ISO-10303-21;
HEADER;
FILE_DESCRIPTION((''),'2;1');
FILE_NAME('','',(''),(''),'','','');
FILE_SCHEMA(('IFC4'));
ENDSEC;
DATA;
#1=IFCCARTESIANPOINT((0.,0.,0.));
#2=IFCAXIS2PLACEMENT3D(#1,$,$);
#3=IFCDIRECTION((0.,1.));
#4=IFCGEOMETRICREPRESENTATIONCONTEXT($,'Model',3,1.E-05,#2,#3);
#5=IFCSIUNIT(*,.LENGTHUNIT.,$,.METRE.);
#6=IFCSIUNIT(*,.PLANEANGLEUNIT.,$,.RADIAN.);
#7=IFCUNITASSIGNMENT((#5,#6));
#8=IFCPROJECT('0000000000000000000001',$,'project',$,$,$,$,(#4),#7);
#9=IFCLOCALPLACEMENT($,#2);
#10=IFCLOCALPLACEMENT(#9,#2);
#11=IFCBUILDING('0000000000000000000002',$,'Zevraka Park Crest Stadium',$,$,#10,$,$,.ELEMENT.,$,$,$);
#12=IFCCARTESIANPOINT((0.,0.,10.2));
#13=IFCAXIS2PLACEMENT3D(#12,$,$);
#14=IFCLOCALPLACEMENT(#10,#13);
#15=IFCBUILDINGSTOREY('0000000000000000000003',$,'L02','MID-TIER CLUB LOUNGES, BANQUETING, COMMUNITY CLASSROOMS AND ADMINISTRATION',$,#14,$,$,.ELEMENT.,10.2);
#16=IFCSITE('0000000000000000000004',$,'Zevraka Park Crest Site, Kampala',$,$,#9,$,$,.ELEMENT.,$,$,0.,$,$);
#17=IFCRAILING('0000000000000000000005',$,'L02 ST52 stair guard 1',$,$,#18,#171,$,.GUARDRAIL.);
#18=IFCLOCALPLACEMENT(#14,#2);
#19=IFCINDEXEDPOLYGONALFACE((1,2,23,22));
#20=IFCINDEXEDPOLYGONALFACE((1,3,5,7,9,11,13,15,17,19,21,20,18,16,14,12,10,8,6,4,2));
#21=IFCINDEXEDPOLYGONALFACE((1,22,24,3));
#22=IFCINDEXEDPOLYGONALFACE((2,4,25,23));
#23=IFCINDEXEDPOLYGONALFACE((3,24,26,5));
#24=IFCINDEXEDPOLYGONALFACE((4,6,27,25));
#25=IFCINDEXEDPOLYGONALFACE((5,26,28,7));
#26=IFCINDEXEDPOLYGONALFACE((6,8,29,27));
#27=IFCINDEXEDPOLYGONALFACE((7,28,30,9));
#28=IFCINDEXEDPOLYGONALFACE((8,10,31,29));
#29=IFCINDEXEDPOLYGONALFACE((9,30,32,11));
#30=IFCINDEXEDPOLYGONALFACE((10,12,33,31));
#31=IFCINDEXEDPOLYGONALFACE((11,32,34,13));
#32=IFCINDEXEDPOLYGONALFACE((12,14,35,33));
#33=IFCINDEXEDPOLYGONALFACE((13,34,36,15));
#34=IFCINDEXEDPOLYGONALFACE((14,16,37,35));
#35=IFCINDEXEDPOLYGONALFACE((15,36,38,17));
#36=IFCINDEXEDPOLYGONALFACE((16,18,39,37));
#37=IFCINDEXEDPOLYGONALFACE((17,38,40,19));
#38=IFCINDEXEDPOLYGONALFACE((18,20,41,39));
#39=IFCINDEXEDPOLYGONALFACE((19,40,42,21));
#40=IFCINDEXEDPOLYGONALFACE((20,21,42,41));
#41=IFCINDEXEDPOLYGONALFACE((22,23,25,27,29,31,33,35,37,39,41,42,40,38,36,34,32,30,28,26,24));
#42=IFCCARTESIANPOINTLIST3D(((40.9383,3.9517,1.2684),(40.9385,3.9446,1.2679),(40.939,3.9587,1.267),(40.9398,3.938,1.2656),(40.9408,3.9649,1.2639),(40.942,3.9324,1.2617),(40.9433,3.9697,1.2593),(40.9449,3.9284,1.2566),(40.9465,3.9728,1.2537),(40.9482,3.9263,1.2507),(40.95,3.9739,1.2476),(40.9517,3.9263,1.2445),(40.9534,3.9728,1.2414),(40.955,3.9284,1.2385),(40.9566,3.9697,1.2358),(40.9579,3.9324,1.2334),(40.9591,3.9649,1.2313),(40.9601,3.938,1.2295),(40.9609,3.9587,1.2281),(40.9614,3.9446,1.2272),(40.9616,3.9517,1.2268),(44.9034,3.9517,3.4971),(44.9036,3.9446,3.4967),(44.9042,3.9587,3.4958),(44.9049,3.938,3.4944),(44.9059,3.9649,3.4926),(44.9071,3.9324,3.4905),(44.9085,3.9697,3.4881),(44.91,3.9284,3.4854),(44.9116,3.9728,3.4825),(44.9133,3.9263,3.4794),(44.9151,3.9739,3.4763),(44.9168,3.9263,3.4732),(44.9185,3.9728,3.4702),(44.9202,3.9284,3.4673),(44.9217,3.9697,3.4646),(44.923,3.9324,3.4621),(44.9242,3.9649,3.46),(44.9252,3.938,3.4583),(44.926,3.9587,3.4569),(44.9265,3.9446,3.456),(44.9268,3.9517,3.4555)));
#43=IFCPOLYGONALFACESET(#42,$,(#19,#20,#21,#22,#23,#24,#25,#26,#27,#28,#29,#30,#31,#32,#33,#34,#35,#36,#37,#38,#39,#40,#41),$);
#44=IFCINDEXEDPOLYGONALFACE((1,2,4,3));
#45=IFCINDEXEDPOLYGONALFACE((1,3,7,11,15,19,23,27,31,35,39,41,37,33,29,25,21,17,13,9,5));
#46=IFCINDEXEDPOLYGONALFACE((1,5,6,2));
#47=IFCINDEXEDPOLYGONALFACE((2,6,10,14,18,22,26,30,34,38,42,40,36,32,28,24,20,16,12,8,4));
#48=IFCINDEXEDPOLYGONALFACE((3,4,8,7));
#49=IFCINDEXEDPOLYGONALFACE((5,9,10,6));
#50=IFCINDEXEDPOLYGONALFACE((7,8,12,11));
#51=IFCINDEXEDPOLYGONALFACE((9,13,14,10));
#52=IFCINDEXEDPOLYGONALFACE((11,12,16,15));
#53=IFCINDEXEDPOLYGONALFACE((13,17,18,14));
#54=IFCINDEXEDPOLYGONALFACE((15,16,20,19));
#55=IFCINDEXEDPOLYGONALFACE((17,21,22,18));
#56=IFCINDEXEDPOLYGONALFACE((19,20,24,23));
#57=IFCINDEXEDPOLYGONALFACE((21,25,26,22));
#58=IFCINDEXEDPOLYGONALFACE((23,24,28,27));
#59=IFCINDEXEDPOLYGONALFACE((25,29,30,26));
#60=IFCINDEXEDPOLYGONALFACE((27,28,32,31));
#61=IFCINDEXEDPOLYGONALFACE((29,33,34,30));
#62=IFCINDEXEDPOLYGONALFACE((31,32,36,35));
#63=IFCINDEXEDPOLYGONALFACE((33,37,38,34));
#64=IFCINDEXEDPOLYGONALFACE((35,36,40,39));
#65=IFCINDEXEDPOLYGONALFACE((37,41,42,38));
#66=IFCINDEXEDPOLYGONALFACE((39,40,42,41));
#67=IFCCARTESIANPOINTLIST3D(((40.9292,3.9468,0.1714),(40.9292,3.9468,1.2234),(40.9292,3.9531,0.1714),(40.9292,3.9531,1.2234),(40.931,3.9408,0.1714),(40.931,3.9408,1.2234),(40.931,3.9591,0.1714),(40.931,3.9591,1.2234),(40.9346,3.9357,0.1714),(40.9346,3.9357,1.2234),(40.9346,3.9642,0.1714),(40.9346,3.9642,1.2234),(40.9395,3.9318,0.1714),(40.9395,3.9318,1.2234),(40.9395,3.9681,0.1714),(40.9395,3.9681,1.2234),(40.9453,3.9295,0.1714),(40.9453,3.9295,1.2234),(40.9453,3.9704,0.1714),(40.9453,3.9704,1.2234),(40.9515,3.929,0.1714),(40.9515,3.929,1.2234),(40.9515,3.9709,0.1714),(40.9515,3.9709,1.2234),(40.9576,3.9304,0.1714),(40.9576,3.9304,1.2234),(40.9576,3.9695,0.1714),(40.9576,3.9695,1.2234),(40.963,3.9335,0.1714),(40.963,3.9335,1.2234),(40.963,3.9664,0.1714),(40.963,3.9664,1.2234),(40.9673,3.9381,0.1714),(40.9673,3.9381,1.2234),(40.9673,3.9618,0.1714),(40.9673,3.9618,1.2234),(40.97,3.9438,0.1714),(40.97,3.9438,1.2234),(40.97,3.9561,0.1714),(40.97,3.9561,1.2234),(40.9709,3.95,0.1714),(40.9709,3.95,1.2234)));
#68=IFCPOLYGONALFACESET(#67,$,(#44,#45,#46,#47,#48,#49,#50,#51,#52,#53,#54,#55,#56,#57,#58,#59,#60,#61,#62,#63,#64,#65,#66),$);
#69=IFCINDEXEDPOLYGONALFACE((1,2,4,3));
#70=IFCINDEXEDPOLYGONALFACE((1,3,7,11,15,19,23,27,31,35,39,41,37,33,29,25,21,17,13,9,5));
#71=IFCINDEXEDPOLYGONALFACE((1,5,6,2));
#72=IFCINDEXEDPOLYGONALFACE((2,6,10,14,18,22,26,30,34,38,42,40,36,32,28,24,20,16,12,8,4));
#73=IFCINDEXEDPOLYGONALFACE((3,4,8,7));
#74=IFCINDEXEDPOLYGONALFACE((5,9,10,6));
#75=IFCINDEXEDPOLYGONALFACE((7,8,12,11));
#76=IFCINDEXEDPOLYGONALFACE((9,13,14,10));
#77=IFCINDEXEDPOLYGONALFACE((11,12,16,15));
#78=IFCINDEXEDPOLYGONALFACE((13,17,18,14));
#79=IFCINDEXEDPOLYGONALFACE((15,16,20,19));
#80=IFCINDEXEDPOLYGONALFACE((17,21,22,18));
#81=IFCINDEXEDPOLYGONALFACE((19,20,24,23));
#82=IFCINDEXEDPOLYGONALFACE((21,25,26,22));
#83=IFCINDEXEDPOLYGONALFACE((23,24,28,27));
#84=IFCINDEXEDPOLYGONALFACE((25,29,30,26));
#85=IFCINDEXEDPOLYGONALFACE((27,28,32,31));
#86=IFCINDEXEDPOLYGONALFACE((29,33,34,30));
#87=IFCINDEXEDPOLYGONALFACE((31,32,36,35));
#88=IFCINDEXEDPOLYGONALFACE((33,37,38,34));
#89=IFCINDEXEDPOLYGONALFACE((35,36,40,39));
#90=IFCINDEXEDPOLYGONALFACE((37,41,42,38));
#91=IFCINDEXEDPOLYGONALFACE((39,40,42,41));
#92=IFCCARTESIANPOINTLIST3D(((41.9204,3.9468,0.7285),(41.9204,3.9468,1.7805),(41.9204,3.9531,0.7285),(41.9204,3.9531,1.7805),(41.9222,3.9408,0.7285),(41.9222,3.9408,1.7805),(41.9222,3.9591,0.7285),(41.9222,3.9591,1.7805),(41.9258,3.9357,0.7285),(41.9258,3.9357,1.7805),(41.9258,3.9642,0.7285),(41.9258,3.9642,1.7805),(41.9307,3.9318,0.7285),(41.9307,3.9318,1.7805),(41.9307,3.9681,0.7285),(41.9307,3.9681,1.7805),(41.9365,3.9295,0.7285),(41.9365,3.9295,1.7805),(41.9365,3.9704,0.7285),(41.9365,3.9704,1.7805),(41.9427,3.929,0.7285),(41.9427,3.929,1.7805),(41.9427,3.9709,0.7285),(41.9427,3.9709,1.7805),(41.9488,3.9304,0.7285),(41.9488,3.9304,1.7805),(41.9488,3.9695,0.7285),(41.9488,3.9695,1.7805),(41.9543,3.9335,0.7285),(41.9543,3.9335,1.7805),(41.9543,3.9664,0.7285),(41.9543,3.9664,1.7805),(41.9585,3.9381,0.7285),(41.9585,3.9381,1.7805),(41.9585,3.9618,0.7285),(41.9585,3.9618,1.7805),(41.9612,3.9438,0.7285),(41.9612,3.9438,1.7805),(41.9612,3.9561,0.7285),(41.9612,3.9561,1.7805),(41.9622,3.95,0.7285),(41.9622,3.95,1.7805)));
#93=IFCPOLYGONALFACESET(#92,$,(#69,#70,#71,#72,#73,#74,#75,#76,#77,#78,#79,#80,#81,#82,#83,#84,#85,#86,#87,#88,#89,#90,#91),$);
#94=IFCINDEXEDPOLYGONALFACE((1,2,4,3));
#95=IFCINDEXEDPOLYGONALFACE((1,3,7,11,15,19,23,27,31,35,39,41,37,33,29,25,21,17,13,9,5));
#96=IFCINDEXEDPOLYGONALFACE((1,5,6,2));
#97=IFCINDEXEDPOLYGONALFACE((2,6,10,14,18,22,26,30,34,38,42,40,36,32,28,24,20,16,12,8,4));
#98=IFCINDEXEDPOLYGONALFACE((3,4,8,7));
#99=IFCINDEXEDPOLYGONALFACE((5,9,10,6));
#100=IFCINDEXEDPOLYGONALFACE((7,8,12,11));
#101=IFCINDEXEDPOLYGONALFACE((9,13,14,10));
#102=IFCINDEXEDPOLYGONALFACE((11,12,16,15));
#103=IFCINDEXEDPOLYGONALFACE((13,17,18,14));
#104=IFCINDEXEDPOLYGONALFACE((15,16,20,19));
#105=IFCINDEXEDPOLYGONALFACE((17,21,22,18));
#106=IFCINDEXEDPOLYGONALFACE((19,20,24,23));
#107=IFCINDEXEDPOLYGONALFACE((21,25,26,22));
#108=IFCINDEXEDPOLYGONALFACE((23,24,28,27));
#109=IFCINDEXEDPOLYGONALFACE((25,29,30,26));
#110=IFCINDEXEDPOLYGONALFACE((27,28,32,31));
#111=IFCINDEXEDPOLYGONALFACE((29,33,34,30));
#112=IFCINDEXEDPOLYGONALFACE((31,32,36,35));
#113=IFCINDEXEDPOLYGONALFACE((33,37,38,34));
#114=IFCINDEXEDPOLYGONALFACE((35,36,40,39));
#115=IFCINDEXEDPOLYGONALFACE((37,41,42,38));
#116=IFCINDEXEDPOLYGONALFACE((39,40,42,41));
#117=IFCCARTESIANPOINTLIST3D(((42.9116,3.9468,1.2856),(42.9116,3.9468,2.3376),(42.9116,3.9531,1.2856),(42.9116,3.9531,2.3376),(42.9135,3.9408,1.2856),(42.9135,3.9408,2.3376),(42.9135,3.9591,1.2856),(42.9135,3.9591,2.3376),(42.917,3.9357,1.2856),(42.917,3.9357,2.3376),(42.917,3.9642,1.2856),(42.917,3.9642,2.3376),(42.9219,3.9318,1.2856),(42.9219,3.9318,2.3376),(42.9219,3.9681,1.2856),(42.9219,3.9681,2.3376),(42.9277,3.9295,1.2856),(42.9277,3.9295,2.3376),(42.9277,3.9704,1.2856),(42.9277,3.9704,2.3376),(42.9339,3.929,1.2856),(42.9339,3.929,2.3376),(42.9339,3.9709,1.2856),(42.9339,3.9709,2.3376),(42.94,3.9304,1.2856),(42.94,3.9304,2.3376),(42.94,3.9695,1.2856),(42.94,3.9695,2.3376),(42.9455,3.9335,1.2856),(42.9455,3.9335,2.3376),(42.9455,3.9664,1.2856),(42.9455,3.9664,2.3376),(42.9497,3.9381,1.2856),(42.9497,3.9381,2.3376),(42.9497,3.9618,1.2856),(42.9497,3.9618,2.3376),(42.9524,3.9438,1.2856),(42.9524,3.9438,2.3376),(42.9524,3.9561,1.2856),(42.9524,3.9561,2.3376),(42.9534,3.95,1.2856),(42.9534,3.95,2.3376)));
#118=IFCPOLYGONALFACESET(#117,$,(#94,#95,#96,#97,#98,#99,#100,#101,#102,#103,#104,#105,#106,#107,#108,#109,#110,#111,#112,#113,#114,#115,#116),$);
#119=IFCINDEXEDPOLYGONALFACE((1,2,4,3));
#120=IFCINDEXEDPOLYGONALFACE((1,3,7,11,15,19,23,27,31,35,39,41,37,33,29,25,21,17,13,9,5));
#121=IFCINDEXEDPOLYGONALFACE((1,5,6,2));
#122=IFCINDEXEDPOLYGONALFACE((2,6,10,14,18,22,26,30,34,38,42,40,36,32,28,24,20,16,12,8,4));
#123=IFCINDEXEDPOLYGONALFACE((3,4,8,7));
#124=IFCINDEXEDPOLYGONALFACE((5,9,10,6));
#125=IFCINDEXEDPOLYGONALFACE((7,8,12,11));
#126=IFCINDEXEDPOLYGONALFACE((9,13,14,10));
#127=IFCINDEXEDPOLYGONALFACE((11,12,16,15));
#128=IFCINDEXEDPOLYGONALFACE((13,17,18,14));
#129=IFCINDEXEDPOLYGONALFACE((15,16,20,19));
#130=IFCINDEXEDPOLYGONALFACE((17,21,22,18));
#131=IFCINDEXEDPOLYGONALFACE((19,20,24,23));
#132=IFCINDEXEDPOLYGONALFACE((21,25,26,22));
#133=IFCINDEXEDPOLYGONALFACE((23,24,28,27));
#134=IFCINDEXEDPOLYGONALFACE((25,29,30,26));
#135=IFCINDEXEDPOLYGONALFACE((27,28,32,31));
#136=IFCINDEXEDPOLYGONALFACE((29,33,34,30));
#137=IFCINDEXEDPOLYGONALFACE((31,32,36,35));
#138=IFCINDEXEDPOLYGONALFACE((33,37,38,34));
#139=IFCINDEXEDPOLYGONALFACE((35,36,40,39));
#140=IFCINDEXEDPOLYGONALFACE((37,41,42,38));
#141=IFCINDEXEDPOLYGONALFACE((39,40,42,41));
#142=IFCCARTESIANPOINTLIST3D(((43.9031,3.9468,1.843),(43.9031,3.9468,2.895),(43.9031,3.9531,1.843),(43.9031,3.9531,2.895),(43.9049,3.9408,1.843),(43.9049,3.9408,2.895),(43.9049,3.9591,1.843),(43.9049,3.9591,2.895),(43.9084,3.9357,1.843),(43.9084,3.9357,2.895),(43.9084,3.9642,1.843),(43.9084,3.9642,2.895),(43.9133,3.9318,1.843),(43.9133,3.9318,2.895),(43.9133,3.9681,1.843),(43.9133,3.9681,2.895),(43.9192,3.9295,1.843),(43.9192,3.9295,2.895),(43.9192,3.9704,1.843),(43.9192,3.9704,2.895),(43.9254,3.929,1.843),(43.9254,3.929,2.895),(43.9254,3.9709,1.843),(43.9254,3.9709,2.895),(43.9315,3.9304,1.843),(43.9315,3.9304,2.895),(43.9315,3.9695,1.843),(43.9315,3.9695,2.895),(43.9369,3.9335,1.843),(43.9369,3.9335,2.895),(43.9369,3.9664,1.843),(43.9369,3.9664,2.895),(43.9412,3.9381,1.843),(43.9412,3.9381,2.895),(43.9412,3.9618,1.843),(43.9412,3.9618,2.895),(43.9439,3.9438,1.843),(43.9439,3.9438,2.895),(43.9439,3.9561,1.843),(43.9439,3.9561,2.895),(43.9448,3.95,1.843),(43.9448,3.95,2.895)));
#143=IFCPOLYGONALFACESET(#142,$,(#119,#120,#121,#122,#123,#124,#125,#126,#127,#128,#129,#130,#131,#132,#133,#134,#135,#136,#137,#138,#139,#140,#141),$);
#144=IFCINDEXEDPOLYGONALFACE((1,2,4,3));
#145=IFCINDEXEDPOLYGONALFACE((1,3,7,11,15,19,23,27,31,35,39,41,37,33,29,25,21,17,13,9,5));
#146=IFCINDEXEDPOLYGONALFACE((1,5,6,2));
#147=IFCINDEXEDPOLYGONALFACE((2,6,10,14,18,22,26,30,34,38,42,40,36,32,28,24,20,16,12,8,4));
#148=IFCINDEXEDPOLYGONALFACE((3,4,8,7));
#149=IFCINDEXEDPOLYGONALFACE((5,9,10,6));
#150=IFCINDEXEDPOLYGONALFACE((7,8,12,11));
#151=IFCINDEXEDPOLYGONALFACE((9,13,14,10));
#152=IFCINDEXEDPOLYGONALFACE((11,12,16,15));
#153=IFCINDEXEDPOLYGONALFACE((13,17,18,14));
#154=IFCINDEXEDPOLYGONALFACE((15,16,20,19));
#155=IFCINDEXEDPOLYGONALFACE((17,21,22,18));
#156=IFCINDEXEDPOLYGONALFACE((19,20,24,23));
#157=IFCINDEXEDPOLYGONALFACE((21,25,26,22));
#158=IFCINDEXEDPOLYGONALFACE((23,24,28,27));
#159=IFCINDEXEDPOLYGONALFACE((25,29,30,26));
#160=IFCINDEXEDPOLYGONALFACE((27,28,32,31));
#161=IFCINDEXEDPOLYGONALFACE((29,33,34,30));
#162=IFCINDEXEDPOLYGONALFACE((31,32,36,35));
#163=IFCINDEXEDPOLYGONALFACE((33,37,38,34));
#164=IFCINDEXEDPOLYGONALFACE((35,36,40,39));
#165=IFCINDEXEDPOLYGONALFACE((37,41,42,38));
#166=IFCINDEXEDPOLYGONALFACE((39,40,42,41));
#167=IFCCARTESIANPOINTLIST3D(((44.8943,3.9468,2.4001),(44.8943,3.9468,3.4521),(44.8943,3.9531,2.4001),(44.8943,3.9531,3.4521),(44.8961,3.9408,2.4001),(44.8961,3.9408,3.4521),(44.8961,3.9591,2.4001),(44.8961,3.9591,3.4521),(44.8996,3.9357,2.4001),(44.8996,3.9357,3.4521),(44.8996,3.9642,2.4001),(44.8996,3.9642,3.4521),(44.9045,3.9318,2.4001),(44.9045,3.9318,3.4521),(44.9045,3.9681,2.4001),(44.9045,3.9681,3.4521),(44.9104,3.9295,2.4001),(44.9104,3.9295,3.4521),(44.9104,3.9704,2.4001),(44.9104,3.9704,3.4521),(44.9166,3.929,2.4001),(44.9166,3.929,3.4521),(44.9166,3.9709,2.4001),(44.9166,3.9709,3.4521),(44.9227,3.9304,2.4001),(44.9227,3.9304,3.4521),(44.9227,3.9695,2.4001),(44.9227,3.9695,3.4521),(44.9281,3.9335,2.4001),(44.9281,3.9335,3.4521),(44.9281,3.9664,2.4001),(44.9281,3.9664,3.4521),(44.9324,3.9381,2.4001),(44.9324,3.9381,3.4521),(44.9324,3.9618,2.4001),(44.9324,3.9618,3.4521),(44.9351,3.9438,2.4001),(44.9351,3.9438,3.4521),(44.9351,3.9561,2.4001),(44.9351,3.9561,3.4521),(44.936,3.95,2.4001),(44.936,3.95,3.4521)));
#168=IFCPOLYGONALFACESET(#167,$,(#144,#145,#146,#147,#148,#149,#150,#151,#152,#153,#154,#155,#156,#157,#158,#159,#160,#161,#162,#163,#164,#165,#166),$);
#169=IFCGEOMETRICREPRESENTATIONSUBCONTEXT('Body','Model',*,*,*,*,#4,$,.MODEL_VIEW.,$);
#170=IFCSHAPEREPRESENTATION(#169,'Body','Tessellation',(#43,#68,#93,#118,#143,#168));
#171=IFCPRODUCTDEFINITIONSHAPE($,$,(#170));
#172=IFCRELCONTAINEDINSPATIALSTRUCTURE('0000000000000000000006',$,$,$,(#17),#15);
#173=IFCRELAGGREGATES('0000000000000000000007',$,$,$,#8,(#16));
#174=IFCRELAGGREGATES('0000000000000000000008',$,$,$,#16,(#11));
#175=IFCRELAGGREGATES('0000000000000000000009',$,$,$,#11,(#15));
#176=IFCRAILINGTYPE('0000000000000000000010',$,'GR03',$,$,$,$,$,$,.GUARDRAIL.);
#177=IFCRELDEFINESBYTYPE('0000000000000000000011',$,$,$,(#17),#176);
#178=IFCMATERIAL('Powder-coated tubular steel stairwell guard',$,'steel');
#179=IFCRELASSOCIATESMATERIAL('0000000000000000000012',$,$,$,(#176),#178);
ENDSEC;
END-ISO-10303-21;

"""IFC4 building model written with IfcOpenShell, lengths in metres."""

from ifc_helpers import new_model, si_unit, direction, frame, origin, origin_2d, place, context, subcontext, project, spatial, circle, extrude, material, type_object, element, save


model = new_model("IFC4")

# Units and contexts
model_context = context("Model", 3, precision=1e-05, world=origin(), true_north=direction((0.0, 1.0)))
body_context = subcontext(model_context, "Body", "Model", "MODEL_VIEW")
ifc_project = project(units=[si_unit("LENGTHUNIT", "METRE"), si_unit("PLANEANGLEUNIT", "RADIAN")], contexts=[model_context])

# Site, building, storey
site_placement = place(None, origin())
site = spatial("IfcSite", under=ifc_project, at=site_placement, Name="Zevraka Park Crest Site, Kampala", CompositionType="ELEMENT", RefElevation=0.0)
building_placement = place(site_placement, origin())
building = spatial("IfcBuilding", under=site, at=building_placement, Name="Zevraka Park Crest Stadium", CompositionType="ELEMENT")
storey_placement = place(building_placement, frame((0.0, 0.0, 10.2)))
storey = spatial("IfcBuildingStorey", under=building, at=storey_placement, Name="L02", Description="MID-TIER CLUB LOUNGES, BANQUETING, COMMUNITY CLASSROOMS AND ADMINISTRATION", CompositionType="ELEMENT", Elevation=10.2)

# Railing
ifc_material_1 = material(Name="Powder-coated tubular steel stairwell guard", Category="steel")
railing_type_1 = type_object("IfcRailingType", Name="GR03", PredefinedType="GUARDRAIL", material=ifc_material_1)
railing_1_placement = place(storey_placement, frame((40.95, 3.95, 0.1714)))
element("IfcRailing", 1, at=railing_1_placement, inside=storey, type_object=railing_type_1, Name="L02 ST52 stair guard 1", PredefinedType="GUARDRAIL", context=body_context, shape_type="SweptSolid", body=[
    extrude(circle(Radius=0.0239, at=origin_2d()), frame((0.0, 0.0, 1.0762), z_axis=(0.871726, 0.0, 0.489994), x_axis=(0.0, 1.0, 0.0)), (0.0, 0.0, 1.0), 4.5486),
    extrude(circle(Radius=0.021, at=origin_2d()), origin(), (0.0, 0.0, 1.0), 1.052),
    extrude(circle(Radius=0.021, at=origin_2d()), frame((0.9912, 0.0, 0.5571)), (0.0, 0.0, 1.0), 1.052),
    extrude(circle(Radius=0.021, at=origin_2d()), frame((1.9824, 0.0, 1.1143)), (0.0, 0.0, 1.0), 1.052),
    extrude(circle(Radius=0.021, at=origin_2d()), frame((2.9739, 0.0, 1.6716)), (0.0, 0.0, 1.0), 1.052),
    extrude(circle(Radius=0.021, at=origin_2d()), frame((3.9651, 0.0, 2.2288)), (0.0, 0.0, 1.0), 1.052),
])

save(model, "model.ifc")
